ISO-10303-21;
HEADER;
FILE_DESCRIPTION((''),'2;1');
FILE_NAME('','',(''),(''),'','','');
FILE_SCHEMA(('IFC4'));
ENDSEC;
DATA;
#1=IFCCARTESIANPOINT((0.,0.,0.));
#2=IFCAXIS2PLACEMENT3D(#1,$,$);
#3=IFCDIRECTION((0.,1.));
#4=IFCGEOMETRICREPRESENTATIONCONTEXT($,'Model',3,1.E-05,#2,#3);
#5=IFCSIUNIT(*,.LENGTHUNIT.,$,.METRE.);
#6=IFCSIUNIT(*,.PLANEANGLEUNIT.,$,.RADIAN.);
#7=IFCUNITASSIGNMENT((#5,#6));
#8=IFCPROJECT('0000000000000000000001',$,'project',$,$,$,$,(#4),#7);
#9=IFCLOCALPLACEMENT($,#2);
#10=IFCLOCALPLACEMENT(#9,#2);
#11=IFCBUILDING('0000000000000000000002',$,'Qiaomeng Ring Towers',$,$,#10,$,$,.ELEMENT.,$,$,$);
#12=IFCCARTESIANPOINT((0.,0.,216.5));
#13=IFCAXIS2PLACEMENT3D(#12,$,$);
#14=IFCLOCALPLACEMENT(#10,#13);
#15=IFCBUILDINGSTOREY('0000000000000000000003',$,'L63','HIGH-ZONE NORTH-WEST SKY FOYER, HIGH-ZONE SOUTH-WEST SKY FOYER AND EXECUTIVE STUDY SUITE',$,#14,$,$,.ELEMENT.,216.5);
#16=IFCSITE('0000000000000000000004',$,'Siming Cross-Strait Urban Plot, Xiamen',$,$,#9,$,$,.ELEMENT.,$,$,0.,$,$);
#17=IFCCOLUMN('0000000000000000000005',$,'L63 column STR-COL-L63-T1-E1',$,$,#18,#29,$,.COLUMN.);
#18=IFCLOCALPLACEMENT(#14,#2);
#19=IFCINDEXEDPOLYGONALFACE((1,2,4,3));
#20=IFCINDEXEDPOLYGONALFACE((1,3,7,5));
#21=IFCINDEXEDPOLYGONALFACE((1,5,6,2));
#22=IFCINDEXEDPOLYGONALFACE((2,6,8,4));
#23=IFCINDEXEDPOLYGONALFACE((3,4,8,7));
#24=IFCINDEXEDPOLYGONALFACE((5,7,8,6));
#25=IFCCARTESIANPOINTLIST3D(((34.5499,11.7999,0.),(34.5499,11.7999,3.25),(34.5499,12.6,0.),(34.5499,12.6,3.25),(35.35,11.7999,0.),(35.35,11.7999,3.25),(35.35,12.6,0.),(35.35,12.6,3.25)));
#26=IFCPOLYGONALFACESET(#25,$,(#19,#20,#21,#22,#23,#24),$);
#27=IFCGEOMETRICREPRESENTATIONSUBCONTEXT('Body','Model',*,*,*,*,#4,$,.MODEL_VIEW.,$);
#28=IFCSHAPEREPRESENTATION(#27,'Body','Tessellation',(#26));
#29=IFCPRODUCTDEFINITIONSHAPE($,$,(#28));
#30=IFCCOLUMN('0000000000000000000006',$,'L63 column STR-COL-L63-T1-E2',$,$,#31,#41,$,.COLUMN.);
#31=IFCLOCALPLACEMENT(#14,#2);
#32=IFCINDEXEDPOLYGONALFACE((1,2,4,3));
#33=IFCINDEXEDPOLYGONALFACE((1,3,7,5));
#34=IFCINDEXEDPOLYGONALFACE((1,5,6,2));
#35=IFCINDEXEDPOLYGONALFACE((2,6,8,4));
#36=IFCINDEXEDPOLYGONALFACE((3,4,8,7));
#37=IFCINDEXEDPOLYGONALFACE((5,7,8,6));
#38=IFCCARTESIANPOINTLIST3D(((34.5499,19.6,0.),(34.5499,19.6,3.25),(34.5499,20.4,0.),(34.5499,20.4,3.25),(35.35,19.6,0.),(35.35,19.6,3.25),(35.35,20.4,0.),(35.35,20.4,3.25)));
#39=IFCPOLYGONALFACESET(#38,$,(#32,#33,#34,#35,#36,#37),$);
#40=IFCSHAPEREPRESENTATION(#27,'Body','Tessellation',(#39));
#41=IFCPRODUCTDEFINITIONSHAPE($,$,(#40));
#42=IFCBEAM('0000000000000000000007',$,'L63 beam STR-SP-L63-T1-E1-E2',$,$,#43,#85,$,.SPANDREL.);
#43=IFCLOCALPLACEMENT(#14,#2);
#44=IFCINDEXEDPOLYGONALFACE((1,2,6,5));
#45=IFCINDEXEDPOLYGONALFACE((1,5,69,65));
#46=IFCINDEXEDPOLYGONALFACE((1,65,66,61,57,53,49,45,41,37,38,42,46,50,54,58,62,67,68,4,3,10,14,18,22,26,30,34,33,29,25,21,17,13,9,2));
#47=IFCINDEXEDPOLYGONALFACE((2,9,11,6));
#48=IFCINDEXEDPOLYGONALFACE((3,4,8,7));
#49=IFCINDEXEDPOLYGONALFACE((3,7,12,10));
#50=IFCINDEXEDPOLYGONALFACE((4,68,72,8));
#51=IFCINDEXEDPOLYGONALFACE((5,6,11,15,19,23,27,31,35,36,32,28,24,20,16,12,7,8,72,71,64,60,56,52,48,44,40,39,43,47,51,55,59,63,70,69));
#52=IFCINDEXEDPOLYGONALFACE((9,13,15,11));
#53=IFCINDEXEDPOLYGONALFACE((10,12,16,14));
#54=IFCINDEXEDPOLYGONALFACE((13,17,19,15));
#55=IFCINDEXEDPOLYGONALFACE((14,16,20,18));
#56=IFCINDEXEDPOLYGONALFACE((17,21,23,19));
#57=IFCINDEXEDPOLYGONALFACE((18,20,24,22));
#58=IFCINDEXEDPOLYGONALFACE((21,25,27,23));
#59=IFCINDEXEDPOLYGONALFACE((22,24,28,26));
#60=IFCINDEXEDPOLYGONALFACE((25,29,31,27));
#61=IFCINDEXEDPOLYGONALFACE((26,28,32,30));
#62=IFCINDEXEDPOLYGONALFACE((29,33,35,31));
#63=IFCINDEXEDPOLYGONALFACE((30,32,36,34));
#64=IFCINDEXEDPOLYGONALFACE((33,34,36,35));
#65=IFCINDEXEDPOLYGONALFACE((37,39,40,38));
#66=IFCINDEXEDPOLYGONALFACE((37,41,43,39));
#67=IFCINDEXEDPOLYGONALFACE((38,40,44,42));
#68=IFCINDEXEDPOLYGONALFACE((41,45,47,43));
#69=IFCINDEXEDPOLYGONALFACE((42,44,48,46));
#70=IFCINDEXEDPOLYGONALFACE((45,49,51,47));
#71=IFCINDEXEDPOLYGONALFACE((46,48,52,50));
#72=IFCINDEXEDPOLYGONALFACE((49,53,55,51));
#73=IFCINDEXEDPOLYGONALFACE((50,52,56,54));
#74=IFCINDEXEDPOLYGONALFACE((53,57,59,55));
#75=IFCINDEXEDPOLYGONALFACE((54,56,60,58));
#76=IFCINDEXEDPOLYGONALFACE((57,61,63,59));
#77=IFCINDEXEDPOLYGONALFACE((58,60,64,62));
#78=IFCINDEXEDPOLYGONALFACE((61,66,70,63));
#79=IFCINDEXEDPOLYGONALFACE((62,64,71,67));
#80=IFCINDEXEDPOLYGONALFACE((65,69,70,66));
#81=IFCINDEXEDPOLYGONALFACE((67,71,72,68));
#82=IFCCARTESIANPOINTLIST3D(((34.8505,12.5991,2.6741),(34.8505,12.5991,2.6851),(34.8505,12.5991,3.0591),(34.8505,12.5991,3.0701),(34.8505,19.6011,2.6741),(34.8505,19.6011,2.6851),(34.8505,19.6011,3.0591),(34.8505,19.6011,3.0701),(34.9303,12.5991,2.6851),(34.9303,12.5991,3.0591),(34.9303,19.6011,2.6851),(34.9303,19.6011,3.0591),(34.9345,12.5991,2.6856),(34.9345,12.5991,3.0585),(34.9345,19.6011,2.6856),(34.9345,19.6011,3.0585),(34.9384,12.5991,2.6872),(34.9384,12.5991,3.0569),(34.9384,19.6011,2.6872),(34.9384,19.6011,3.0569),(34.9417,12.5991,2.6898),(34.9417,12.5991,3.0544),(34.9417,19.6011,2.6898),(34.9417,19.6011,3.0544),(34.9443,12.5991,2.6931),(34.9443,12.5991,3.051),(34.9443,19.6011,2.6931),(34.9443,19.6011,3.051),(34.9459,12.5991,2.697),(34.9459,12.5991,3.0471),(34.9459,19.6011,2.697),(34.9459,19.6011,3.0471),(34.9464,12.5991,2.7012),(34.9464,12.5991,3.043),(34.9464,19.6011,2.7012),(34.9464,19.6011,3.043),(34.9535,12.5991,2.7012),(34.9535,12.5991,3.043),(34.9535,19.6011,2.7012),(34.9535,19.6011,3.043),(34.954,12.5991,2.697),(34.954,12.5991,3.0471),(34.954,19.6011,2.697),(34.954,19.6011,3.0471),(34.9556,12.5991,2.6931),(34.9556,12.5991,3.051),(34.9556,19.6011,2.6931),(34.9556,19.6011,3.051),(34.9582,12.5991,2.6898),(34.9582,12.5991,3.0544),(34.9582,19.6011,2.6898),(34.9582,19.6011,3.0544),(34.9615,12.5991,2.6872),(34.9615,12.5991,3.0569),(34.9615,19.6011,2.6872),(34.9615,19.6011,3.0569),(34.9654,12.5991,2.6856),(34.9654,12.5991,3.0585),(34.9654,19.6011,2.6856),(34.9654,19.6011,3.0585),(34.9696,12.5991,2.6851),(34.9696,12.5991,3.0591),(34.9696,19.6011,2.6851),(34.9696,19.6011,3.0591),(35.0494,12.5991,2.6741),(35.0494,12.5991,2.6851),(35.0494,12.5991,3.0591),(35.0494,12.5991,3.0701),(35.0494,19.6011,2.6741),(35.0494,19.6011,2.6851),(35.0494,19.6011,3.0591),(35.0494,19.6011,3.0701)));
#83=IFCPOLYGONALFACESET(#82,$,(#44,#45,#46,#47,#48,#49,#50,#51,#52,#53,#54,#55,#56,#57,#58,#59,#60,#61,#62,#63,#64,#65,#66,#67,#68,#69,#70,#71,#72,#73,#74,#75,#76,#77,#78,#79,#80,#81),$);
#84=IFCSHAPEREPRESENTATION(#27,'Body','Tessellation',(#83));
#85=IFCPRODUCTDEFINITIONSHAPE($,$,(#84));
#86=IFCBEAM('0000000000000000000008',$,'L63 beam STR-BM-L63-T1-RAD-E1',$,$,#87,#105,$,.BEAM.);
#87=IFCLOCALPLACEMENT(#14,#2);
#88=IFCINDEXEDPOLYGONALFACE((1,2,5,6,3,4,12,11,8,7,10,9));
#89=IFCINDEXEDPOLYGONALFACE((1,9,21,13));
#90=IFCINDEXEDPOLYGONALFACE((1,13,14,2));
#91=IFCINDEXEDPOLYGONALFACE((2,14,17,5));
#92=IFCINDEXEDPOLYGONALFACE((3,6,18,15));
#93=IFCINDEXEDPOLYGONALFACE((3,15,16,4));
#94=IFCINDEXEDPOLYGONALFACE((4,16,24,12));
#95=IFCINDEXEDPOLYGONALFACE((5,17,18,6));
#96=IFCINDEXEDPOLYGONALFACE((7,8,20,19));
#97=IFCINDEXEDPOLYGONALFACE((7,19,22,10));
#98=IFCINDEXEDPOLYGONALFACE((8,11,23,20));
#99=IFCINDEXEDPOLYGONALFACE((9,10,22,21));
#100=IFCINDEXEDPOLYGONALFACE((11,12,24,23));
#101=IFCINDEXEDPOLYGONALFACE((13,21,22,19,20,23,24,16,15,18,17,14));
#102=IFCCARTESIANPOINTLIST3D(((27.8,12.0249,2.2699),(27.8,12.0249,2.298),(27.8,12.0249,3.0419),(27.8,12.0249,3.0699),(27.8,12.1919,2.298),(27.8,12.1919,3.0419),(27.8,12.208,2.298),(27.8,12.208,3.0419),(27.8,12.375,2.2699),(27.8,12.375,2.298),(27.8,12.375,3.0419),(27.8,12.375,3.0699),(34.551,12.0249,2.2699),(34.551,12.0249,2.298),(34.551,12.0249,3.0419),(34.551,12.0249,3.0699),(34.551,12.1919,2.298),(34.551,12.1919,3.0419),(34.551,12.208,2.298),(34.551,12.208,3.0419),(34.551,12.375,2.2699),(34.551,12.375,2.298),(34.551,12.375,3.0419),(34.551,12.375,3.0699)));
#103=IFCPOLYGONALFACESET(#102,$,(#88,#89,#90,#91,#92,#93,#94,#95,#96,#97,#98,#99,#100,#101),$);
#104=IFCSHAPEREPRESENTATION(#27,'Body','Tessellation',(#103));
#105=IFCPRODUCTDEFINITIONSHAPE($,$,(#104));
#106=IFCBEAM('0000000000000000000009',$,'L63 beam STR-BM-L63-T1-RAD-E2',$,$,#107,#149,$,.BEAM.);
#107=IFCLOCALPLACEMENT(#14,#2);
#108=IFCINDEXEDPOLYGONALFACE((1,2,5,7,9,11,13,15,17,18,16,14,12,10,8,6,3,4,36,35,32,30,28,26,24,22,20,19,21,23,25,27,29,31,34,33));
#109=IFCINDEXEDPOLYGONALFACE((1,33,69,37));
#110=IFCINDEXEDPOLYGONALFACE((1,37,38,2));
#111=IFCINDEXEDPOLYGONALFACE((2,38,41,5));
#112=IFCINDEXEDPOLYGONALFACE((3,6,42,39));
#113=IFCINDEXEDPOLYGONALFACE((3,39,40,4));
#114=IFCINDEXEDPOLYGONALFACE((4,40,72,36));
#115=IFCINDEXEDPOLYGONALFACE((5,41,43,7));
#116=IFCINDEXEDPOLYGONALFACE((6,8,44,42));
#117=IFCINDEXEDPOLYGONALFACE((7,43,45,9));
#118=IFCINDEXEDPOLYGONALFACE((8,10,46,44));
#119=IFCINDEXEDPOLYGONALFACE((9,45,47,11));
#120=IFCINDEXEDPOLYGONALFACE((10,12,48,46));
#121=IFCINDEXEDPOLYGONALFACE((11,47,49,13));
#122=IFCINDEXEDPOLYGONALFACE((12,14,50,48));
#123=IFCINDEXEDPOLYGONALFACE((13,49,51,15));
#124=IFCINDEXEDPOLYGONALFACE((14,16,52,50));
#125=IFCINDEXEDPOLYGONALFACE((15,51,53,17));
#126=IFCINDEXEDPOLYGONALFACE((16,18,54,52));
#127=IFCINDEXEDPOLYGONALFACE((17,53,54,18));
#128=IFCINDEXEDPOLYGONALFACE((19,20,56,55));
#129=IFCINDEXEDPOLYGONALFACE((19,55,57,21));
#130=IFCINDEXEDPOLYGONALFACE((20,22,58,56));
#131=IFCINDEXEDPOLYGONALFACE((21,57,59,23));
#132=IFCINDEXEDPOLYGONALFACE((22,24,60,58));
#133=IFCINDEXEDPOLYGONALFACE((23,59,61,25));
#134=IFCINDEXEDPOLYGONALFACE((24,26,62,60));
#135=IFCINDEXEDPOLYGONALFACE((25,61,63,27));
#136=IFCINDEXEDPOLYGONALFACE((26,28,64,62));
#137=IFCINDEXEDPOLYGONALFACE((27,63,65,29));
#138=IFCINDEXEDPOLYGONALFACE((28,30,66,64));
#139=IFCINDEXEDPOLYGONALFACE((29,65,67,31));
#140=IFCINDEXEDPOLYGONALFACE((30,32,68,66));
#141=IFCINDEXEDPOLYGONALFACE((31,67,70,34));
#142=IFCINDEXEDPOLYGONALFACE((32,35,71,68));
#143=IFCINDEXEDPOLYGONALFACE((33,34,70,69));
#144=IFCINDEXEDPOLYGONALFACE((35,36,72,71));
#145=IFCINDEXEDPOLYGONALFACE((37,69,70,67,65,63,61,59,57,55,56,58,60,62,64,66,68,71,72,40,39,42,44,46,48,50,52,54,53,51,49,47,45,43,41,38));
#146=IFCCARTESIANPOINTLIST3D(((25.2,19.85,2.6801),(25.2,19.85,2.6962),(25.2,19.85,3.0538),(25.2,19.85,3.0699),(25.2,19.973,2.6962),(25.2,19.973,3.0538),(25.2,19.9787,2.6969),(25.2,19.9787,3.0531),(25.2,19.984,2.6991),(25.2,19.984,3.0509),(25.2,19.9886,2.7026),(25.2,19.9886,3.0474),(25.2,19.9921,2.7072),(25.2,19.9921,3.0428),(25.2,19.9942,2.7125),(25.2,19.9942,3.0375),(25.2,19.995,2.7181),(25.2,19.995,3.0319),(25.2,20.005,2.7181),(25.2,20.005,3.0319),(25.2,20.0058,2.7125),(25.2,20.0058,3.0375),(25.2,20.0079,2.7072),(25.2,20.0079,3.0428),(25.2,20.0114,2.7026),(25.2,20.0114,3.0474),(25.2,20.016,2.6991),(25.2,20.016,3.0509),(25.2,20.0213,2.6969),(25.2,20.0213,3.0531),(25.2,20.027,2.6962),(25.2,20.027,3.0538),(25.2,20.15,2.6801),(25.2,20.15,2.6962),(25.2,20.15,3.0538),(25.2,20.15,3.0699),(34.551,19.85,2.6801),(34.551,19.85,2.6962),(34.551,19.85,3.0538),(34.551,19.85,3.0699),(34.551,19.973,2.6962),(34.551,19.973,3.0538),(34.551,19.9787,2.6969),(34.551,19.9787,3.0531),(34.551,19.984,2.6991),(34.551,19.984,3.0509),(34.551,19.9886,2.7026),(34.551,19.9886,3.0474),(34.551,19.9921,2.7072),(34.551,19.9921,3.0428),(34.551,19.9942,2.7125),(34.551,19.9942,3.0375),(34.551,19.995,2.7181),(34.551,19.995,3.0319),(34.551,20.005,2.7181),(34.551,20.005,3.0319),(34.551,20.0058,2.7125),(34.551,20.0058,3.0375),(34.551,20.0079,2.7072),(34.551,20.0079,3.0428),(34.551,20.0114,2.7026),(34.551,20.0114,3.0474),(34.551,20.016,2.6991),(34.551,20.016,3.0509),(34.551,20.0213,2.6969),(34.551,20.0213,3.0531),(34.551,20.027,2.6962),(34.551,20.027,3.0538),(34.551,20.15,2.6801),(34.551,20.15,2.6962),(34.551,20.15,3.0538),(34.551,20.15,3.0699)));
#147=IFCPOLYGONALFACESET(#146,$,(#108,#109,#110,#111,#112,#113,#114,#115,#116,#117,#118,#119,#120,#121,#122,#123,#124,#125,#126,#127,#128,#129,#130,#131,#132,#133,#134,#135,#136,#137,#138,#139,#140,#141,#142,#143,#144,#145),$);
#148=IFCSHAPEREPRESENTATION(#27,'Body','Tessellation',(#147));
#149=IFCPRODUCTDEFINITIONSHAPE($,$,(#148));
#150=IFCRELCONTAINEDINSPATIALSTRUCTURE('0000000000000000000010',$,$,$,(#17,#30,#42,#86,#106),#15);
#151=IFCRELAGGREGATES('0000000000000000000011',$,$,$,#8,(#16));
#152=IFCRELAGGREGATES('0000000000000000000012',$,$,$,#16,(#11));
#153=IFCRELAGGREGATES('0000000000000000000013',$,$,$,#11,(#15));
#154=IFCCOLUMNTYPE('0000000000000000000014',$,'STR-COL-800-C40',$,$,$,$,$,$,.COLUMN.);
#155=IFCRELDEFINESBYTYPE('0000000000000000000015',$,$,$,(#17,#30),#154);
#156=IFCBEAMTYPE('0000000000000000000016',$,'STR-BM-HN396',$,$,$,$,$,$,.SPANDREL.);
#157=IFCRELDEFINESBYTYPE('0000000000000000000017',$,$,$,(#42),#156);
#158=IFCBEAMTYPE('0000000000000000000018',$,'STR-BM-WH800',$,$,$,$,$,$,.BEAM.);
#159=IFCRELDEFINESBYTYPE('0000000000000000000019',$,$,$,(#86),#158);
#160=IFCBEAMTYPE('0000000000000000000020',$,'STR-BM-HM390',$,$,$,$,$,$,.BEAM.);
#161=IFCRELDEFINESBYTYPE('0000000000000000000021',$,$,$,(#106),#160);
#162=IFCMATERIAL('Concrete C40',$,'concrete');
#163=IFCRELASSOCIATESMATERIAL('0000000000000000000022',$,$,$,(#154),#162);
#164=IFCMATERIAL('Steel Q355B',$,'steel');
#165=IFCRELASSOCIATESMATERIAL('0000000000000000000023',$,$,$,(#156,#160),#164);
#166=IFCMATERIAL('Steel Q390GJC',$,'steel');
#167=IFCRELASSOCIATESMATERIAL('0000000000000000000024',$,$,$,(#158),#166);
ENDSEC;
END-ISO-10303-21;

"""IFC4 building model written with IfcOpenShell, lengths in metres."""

from ifc_helpers import new_model, si_unit, direction, frame, origin, origin_2d, place, context, subcontext, project, spatial, rectangle, i_section, extrude, source, transform, mapped, material, material_profile, profile_set, type_object, element, save


model = new_model("IFC4")

# Units and contexts
model_context = context("Model", 3, precision=1e-05, world=origin(), true_north=direction((0.0, 1.0)))
body_context = subcontext(model_context, "Body", "Model", "MODEL_VIEW")
ifc_project = project(units=[si_unit("LENGTHUNIT", "METRE"), si_unit("PLANEANGLEUNIT", "RADIAN")], contexts=[model_context])

# Site, building, storey
site_placement = place(None, origin())
site = spatial("IfcSite", under=ifc_project, at=site_placement, Name="Siming Cross-Strait Urban Plot, Xiamen", CompositionType="ELEMENT", RefElevation=0.0)
building_placement = place(site_placement, origin())
building = spatial("IfcBuilding", under=site, at=building_placement, Name="Qiaomeng Ring Towers", CompositionType="ELEMENT")
storey_placement = place(building_placement, frame((0.0, 0.0, 216.5)))
storey = spatial("IfcBuildingStorey", under=building, at=storey_placement, Name="L63", Description="HIGH-ZONE NORTH-WEST SKY FOYER, HIGH-ZONE SOUTH-WEST SKY FOYER AND EXECUTIVE STUDY SUITE", CompositionType="ELEMENT", Elevation=216.5)

# Columns
ifc_material_1 = material(Name="Concrete C40", Category="concrete")
ifc_material_profile_1 = material_profile(ifc_material_1, rectangle(XDim=0.8, YDim=0.8, at=origin_2d()), Name="RC COL 800x800")
ifc_profile_set_1 = profile_set([ifc_material_profile_1], Name="Concrete C40")
column_type = type_object("IfcColumnType", Name="STR-COL-800-C40", PredefinedType="COLUMN", material=ifc_profile_set_1)
shared_shape_1 = source(origin(), body_context, "Body", "SweptSolid", [
    extrude(rectangle(XDim=0.8, YDim=0.8, at=origin_2d()), origin(), (0.0, 0.0, 1.0), 3.25),
])
for number, where, z_axis, x_axis, name in (
    (1, (34.95, 12.2, 0.0), (0.0, 0.0, 1.0), (1.0, 0.0, 0.0), "L63 column STR-COL-L63-T1-E1"),
    (2, (34.95, 20.0, 0.0), (0.0, 0.0, 1.0), (1.0, 0.0, 0.0), "L63 column STR-COL-L63-T1-E2"),
):
    element("IfcColumn", number, at=place(storey_placement, frame(where, z_axis=z_axis, x_axis=x_axis)), inside=storey, type_object=column_type, Name=name, PredefinedType="COLUMN", context=body_context, shape_type="MappedRepresentation", body=[
        mapped(shared_shape_1, transform((0.0, 0.0, 0.0), x_axis=(1.0, 0.0, 0.0), y_axis=(0.0, 1.0, 0.0), z_axis=(0.0, 0.0, 1.0), scale=1.0)),
    ])

# Beams
ifc_material_2 = material(Name="Steel Q355B", Category="steel")
ifc_material_profile_2 = material_profile(ifc_material_2, i_section(OverallWidth=0.199, OverallDepth=0.396, WebThickness=0.0071, FlangeThickness=0.011, FilletRadius=0.0161, at=origin_2d()), Name="HN 396x199x7x11")
ifc_profile_set_2 = profile_set([ifc_material_profile_2], Name="Steel Q355B")
beam_type_1 = type_object("IfcBeamType", Name="STR-BM-HN396", PredefinedType="SPANDREL", material=ifc_profile_set_2)
shared_shape_2 = source(origin(), body_context, "Body", "SweptSolid", [
    extrude(i_section(OverallWidth=0.199, OverallDepth=0.396, WebThickness=0.0071, FlangeThickness=0.011, FilletRadius=0.0161, at=origin_2d()), origin(), (0.0, 0.0, 1.0), 7.002),
])
beam_1_placement = place(storey_placement, frame((34.95, 12.5991, 2.8721), z_axis=(0.0, 1.0, 0.0), x_axis=(-1.0, 0.0, 0.0)))
element("IfcBeam", 3, at=beam_1_placement, inside=storey, type_object=beam_type_1, Name="L63 beam STR-SP-L63-T1-E1-E2", PredefinedType="SPANDREL", context=body_context, shape_type="MappedRepresentation", body=[
    mapped(shared_shape_2, transform((0.0, 0.0, 0.0), x_axis=(1.0, 0.0, 0.0), y_axis=(0.0, 1.0, 0.0), z_axis=(0.0, 0.0, 1.0), scale=1.0)),
])
ifc_material_3 = material(Name="Steel Q390GJC", Category="steel")
ifc_material_profile_3 = material_profile(ifc_material_3, i_section(OverallWidth=0.3501, OverallDepth=0.8, WebThickness=0.0161, FlangeThickness=0.0281, at=origin_2d()), Name="WH 800x350x16x28")
ifc_profile_set_3 = profile_set([ifc_material_profile_3], Name="Steel Q390GJC")
beam_type_2 = type_object("IfcBeamType", Name="STR-BM-WH800", PredefinedType="BEAM", material=ifc_profile_set_3)
shared_shape_3 = source(origin(), body_context, "Body", "SweptSolid", [
    extrude(i_section(OverallWidth=0.3501, OverallDepth=0.8, WebThickness=0.0161, FlangeThickness=0.0281, at=origin_2d()), origin(), (0.0, 0.0, 1.0), 6.751),
])
beam_2_placement = place(storey_placement, frame((27.8, 12.2, 2.6699), z_axis=(1.0, 0.0, 0.0), x_axis=(0.0, 1.0, 0.0)))
element("IfcBeam", 4, at=beam_2_placement, inside=storey, type_object=beam_type_2, Name="L63 beam STR-BM-L63-T1-RAD-E1", PredefinedType="BEAM", context=body_context, shape_type="MappedRepresentation", body=[
    mapped(shared_shape_3, transform((0.0, 0.0, 0.0), x_axis=(1.0, 0.0, 0.0), y_axis=(0.0, 1.0, 0.0), z_axis=(0.0, 0.0, 1.0), scale=1.0)),
])
ifc_material_profile_4 = material_profile(ifc_material_2, i_section(OverallWidth=0.3, OverallDepth=0.3899, WebThickness=0.01, FlangeThickness=0.0161, FilletRadius=0.022, at=origin_2d()), Name="HM 390x300x10x16")
ifc_profile_set_4 = profile_set([ifc_material_profile_4], Name="Steel Q355B")
beam_type_3 = type_object("IfcBeamType", Name="STR-BM-HM390", PredefinedType="BEAM", material=ifc_profile_set_4)
shared_shape_4 = source(origin(), body_context, "Body", "SweptSolid", [
    extrude(i_section(OverallWidth=0.3, OverallDepth=0.3899, WebThickness=0.01, FlangeThickness=0.0161, FilletRadius=0.022, at=origin_2d()), origin(), (0.0, 0.0, 1.0), 9.3511),
])
beam_3_placement = place(storey_placement, frame((25.2, 20.0, 2.875), z_axis=(1.0, 0.0, 0.0), x_axis=(0.0, 1.0, 0.0)))
element("IfcBeam", 5, at=beam_3_placement, inside=storey, type_object=beam_type_3, Name="L63 beam STR-BM-L63-T1-RAD-E2", PredefinedType="BEAM", context=body_context, shape_type="MappedRepresentation", body=[
    mapped(shared_shape_4, transform((0.0, 0.0, 0.0), x_axis=(1.0, 0.0, 0.0), y_axis=(0.0, 1.0, 0.0), z_axis=(0.0, 0.0, 1.0), scale=1.0)),
])

save(model, "model.ifc")
